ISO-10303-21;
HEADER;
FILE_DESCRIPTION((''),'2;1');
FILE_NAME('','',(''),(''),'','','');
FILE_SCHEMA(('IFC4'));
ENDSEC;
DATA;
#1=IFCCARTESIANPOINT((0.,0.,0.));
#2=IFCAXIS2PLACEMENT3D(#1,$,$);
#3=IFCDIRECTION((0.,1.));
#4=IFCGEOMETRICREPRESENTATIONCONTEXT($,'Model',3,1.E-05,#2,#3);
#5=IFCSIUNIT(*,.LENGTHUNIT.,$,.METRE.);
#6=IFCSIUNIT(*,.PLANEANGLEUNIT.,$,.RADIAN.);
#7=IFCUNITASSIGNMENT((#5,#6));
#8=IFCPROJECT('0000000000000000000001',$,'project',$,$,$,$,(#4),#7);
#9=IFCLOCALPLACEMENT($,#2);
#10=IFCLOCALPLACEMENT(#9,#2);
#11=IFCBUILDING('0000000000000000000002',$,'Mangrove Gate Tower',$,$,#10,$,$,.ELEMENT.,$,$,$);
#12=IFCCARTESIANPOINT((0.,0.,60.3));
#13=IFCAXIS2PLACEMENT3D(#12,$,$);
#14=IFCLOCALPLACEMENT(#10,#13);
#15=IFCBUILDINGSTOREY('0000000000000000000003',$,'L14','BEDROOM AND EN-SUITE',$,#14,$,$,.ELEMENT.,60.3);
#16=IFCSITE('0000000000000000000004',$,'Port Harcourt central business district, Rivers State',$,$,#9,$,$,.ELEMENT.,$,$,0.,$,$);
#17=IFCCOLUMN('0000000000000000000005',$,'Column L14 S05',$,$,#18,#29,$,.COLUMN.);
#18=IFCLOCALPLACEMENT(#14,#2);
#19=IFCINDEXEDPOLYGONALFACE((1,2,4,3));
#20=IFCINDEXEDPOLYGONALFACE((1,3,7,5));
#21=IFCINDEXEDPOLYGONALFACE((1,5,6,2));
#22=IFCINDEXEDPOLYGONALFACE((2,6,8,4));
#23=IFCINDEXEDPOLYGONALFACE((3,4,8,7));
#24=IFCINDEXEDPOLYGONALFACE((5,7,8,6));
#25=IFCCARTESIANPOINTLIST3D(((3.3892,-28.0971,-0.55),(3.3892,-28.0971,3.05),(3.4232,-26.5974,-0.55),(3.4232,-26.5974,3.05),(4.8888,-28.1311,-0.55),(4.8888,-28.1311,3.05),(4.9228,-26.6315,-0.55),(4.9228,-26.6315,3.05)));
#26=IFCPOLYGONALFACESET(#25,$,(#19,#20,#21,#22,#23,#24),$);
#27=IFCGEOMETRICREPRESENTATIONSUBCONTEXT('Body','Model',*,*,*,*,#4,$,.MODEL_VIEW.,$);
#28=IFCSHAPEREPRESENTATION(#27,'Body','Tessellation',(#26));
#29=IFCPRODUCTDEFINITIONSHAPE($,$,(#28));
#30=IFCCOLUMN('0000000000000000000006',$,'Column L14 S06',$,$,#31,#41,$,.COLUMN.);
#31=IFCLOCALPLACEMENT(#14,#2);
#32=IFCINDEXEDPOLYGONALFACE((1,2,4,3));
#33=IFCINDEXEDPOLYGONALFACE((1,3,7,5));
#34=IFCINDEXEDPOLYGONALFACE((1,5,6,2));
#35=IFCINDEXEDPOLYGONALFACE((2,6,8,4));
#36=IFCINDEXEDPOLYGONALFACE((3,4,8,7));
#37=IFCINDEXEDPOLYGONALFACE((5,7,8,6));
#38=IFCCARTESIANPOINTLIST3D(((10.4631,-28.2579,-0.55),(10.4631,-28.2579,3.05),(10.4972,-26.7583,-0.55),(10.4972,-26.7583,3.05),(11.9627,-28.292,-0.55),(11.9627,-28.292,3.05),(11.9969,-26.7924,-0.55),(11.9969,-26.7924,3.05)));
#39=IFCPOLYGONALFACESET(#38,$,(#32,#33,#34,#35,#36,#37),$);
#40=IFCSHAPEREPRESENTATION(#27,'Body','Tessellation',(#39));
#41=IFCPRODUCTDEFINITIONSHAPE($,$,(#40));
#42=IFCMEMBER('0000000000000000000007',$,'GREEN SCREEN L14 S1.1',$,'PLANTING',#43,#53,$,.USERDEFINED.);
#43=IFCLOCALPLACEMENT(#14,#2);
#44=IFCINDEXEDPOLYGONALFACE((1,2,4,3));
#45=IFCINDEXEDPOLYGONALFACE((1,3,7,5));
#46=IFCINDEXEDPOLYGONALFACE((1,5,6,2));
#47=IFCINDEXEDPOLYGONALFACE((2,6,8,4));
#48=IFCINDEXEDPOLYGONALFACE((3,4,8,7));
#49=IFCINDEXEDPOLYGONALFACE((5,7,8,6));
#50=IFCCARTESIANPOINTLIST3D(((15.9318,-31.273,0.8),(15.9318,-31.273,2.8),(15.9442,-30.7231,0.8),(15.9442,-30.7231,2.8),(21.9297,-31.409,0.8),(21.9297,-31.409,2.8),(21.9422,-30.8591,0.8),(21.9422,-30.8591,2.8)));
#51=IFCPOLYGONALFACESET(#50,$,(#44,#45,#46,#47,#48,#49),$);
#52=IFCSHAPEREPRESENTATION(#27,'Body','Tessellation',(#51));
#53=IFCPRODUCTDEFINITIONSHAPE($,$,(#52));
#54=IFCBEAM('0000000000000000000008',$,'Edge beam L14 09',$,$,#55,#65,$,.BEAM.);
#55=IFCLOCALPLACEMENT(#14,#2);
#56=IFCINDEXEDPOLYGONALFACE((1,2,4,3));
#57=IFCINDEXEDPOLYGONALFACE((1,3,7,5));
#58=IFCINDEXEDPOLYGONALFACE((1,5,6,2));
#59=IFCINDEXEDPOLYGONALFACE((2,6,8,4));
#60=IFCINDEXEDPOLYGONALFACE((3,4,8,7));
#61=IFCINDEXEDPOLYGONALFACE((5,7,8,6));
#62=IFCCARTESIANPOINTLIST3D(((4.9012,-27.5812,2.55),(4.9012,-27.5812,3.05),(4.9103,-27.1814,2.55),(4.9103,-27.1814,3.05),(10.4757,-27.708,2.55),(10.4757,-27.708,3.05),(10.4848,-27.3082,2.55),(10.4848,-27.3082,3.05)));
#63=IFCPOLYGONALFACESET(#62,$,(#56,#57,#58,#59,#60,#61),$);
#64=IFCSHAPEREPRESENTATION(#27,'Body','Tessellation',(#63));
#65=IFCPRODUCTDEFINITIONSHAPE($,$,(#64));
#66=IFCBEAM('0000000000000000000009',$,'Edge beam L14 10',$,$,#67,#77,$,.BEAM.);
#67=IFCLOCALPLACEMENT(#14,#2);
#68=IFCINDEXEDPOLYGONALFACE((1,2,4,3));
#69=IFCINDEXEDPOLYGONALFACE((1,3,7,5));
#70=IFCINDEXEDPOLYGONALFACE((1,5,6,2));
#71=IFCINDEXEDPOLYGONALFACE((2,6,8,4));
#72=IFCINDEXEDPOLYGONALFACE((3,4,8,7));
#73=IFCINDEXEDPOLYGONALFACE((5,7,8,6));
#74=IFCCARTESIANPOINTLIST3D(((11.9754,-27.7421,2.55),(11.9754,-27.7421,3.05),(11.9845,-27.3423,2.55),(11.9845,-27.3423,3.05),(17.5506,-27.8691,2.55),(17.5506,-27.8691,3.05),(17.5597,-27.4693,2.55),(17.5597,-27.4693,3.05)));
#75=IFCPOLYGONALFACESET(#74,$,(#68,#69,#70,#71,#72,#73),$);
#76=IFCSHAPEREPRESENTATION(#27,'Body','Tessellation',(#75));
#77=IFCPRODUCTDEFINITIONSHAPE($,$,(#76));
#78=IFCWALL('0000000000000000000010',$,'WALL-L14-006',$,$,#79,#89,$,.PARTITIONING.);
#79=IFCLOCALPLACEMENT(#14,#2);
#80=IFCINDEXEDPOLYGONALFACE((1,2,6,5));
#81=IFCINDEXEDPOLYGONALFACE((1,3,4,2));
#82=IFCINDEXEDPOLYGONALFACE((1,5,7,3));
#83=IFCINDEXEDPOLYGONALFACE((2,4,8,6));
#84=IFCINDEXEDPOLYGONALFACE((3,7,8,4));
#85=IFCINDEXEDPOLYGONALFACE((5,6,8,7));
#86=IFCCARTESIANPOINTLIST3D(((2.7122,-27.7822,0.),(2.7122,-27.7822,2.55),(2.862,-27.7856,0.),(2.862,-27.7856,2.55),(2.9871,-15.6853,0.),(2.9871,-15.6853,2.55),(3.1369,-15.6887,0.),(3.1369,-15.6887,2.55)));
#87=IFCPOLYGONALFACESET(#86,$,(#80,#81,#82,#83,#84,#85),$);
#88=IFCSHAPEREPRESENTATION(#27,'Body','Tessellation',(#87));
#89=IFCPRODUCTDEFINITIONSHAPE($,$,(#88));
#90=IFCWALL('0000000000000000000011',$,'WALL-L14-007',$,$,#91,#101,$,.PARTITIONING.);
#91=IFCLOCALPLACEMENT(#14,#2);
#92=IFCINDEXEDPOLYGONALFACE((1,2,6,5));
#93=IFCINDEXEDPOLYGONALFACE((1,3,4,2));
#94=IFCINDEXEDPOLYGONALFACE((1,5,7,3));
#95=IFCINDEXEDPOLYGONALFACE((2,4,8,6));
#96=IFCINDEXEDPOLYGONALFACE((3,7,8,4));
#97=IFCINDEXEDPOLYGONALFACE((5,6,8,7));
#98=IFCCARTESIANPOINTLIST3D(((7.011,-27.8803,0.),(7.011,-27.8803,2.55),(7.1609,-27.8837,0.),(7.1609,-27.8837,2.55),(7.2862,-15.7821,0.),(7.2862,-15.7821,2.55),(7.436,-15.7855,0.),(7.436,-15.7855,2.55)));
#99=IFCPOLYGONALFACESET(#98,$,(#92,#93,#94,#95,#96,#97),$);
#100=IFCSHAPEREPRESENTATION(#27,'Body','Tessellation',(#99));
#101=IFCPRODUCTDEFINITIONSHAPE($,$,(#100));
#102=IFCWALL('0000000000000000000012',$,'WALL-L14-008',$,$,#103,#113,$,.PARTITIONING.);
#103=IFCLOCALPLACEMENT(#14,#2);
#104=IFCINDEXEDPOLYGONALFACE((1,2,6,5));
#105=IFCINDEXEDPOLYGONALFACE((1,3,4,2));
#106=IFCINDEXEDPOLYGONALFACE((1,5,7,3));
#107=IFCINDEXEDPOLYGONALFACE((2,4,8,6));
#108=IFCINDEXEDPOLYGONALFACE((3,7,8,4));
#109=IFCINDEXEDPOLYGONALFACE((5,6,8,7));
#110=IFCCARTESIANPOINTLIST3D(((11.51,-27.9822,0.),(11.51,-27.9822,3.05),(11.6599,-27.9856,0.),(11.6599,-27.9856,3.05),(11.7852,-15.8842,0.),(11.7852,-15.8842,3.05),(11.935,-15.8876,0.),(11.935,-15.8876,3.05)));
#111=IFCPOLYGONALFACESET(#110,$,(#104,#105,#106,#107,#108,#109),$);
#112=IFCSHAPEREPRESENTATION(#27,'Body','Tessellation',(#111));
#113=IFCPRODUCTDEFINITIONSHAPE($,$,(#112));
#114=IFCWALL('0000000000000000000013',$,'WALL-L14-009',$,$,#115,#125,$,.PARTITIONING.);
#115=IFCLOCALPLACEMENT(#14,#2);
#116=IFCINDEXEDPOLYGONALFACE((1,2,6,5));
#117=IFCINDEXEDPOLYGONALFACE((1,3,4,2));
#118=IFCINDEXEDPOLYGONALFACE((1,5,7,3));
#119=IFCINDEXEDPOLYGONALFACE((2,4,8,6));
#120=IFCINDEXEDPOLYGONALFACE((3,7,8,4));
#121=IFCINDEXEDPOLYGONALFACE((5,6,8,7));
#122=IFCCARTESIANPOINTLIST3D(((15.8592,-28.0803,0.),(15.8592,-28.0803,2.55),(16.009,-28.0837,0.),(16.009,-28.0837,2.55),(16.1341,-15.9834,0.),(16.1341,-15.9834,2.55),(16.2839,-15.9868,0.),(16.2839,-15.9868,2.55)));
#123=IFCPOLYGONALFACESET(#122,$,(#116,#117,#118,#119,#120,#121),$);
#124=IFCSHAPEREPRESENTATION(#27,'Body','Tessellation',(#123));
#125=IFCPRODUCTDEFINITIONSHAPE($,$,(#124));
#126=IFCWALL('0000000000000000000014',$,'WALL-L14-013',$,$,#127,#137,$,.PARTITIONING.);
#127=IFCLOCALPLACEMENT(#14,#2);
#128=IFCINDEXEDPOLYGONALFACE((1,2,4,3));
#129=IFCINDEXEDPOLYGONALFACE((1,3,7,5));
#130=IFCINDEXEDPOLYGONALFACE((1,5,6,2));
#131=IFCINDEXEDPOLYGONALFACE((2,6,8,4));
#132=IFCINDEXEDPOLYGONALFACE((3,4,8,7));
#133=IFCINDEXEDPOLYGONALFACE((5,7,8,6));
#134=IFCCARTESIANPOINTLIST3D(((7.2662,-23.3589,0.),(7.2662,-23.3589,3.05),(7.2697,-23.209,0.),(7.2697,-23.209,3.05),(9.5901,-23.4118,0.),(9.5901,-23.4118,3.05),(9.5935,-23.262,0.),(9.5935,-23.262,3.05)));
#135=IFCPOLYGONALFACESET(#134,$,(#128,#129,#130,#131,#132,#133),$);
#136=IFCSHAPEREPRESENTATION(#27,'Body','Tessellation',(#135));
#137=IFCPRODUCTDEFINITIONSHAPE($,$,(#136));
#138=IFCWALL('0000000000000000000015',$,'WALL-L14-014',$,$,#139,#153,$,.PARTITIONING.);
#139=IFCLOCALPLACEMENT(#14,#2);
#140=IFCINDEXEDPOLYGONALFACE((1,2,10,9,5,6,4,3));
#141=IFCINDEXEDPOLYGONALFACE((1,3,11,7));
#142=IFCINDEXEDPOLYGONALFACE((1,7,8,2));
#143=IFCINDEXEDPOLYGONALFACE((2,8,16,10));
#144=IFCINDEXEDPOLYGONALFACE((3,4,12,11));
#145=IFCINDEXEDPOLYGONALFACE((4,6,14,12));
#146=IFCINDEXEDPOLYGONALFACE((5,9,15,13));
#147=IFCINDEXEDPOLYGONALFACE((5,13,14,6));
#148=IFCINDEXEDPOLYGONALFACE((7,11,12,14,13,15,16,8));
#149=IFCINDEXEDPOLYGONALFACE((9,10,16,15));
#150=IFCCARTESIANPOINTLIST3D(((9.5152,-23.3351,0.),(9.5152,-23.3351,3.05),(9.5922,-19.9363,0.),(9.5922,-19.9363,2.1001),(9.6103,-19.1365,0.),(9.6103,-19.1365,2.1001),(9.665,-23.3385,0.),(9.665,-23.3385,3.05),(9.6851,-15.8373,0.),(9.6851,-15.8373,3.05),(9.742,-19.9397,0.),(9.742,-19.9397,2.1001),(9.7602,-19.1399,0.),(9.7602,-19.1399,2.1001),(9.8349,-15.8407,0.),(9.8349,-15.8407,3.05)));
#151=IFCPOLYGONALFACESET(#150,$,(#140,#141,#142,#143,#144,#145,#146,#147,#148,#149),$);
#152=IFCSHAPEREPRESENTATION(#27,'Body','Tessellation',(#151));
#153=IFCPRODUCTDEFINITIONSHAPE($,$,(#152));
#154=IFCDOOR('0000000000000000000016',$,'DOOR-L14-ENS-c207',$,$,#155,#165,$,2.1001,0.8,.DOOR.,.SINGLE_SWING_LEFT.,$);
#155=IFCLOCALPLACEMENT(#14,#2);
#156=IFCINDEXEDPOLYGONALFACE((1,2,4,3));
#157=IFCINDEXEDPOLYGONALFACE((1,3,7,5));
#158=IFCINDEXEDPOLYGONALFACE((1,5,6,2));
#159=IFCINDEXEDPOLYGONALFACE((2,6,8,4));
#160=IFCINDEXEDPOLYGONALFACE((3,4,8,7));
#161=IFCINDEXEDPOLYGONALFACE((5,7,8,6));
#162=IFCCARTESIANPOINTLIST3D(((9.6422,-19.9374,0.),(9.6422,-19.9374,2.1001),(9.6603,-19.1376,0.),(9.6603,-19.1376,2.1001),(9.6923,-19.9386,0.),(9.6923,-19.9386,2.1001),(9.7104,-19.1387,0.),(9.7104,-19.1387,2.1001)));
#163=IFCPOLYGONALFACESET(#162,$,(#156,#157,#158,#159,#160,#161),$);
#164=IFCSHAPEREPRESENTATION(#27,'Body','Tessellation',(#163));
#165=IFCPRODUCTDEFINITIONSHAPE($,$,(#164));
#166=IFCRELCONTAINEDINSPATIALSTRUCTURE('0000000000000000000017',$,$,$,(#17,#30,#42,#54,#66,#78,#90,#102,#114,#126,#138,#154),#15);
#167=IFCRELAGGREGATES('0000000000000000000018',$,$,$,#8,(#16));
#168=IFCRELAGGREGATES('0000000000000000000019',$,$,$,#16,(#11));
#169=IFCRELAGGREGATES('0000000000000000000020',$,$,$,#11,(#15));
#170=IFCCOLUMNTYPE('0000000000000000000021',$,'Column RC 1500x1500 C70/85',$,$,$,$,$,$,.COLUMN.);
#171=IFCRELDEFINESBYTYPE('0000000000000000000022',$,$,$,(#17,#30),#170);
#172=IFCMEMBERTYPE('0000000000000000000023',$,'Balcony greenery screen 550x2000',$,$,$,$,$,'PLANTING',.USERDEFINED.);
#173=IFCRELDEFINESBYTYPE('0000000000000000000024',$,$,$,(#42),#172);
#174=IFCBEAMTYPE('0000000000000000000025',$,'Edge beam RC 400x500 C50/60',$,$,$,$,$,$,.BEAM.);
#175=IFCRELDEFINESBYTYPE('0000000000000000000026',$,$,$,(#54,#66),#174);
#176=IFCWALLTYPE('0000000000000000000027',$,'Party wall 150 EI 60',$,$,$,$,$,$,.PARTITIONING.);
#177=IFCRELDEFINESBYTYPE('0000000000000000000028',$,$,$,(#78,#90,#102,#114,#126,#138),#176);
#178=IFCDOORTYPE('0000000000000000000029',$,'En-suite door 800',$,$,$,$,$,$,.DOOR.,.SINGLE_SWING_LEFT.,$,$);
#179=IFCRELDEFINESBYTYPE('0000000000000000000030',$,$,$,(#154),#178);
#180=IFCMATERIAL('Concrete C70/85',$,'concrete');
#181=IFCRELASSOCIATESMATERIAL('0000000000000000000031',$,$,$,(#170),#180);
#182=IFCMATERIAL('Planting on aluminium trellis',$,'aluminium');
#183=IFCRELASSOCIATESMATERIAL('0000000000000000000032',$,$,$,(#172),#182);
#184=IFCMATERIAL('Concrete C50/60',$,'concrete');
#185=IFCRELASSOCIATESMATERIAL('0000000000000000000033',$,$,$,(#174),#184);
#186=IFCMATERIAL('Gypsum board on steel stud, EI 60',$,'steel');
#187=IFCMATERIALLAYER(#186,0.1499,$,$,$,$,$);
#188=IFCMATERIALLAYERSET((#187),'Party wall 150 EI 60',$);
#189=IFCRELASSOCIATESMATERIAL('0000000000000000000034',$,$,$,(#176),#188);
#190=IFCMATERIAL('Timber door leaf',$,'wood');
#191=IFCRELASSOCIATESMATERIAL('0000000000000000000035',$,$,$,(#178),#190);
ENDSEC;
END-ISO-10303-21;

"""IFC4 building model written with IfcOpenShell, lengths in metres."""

from ifc_helpers import new_model, si_unit, direction, frame, frame_2d, origin, origin_2d, place, context, subcontext, project, spatial, rectangle, extrude, material, layer, layer_set, material_profile, profile_set, type_object, element, fill, save


model = new_model("IFC4")

# Units and contexts
model_context = context("Model", 3, precision=1e-05, world=origin(), true_north=direction((0.0, 1.0)))
body_context = subcontext(model_context, "Body", "Model", "MODEL_VIEW")
ifc_project = project(units=[si_unit("LENGTHUNIT", "METRE"), si_unit("PLANEANGLEUNIT", "RADIAN")], contexts=[model_context])

# Site, building, storey
site_placement = place(None, origin())
site = spatial("IfcSite", under=ifc_project, at=site_placement, Name="Port Harcourt central business district, Rivers State", CompositionType="ELEMENT", RefElevation=0.0)
building_placement = place(site_placement, origin())
building = spatial("IfcBuilding", under=site, at=building_placement, Name="Mangrove Gate Tower", CompositionType="ELEMENT")
storey_placement = place(building_placement, frame((0.0, 0.0, 60.3)))
storey = spatial("IfcBuildingStorey", under=building, at=storey_placement, Name="L14", Description="BEDROOM AND EN-SUITE", CompositionType="ELEMENT", Elevation=60.3)

# Columns
ifc_material_1 = material(Name="Concrete C70/85", Category="concrete")
ifc_material_profile_1 = material_profile(ifc_material_1, rectangle(XDim=1.5, YDim=1.5, at=origin_2d()))
ifc_profile_set_1 = profile_set([ifc_material_profile_1], Name="Concrete C70/85")
column_type = type_object("IfcColumnType", Name="Column RC 1500x1500 C70/85", PredefinedType="COLUMN", material=ifc_profile_set_1)
for number, where, z_axis, x_axis, name in (
    (1, (4.156, -27.3643, -0.55), (0.0, 0.0, 1.0), (0.999743, -0.022681, 0.0), "Column L14 S05"),
    (2, (11.23, -27.5251, -0.55), (0.0, 0.0, 1.0), (0.999741, -0.022752, 0.0), "Column L14 S06"),
):
    element("IfcColumn", number, at=place(storey_placement, frame(where, z_axis=z_axis, x_axis=x_axis)), inside=storey, type_object=column_type, Name=name, PredefinedType="COLUMN", context=body_context, shape_type="SweptSolid", body=[
        extrude(rectangle(XDim=1.5, YDim=1.5, at=origin_2d()), origin(), (0.0, 0.0, 1.0), 3.6001),
    ])

# Member
ifc_material_2 = material(Name="Planting on aluminium trellis", Category="aluminium")
ifc_material_profile_2 = material_profile(ifc_material_2, rectangle(XDim=0.55, YDim=2.0, at=origin_2d()))
ifc_profile_set_2 = profile_set([ifc_material_profile_2], Name="Planting on aluminium trellis")
member_type = type_object("IfcMemberType", Name="Balcony greenery screen 550x2000", ElementType="PLANTING", PredefinedType="USERDEFINED", material=ifc_profile_set_2)
member_placement = place(storey_placement, frame((15.938, -30.998, 1.8), z_axis=(0.999743, -0.022666, 0.0), x_axis=(0.022666, 0.999743, 0.0)))
element("IfcMember", 3, at=member_placement, inside=storey, type_object=member_type, Name="GREEN SCREEN L14 S1.1", ObjectType="PLANTING", PredefinedType="USERDEFINED", context=body_context, shape_type="SweptSolid", body=[
    extrude(rectangle(XDim=0.55, YDim=2.0, at=origin_2d()), origin(), (0.0, 0.0, 1.0), 5.9995),
])

# Beams
ifc_material_3 = material(Name="Concrete C50/60", Category="concrete")
ifc_material_profile_3 = material_profile(ifc_material_3, rectangle(XDim=0.3999, YDim=0.5, at=origin_2d()))
ifc_profile_set_3 = profile_set([ifc_material_profile_3], Name="Concrete C50/60")
beam_type = type_object("IfcBeamType", Name="Edge beam RC 400x500 C50/60", PredefinedType="BEAM", material=ifc_profile_set_3)
beam_1_placement = place(storey_placement, frame((4.9058, -27.3813, 2.8), z_axis=(0.999742, -0.022724, 0.0), x_axis=(0.022724, 0.999742, 0.0)))
element("IfcBeam", 4, at=beam_1_placement, inside=storey, type_object=beam_type, Name="Edge beam L14 09", PredefinedType="BEAM", context=body_context, shape_type="SweptSolid", body=[
    extrude(rectangle(XDim=0.3999, YDim=0.5, at=origin_2d()), origin(), (0.0, 0.0, 1.0), 5.5759),
])
beam_2_placement = place(storey_placement, frame((11.98, -27.5422, 2.8), z_axis=(0.999741, -0.022765, 0.0), x_axis=(0.022765, 0.999741, 0.0)))
element("IfcBeam", 5, at=beam_2_placement, inside=storey, type_object=beam_type, Name="Edge beam L14 10", PredefinedType="BEAM", context=body_context, shape_type="SweptSolid", body=[
    extrude(rectangle(XDim=0.3999, YDim=0.5, at=origin_2d()), origin(), (0.0, 0.0, 1.0), 5.5767),
])

# Walls
ifc_material_4 = material(Name="Gypsum board on steel stud, EI 60", Category="steel")
ifc_layer_1 = layer(ifc_material_4, 0.1499)
ifc_layer_set_1 = layer_set([ifc_layer_1], Name="Party wall 150 EI 60")
wall_type_1 = type_object("IfcWallType", Name="Party wall 150 EI 60", PredefinedType="PARTITIONING", material=ifc_layer_set_1)
wall_1_placement = place(storey_placement, frame((2.7871, -27.7839, 0.0), z_axis=(0.0, 0.0, 1.0), x_axis=(0.022719, 0.999742, 0.0)))
element("IfcWall", 6, at=wall_1_placement, inside=storey, type_object=wall_type_1, Name="WALL-L14-006", PredefinedType="PARTITIONING", context=body_context, shape_type="SweptSolid", body=[
    extrude(rectangle(XDim=12.1001, YDim=0.1499, at=frame_2d((6.05, 0.0))), origin(), (0.0, 0.0, 1.0), 2.55),
])
wall_2_placement = place(storey_placement, frame((7.0859, -27.8821, 0.0), z_axis=(0.0, 0.0, 1.0), x_axis=(0.022737, 0.999741, 0.0)))
element("IfcWall", 7, at=wall_2_placement, inside=storey, type_object=wall_type_1, Name="WALL-L14-007", PredefinedType="PARTITIONING", context=body_context, shape_type="SweptSolid", body=[
    extrude(rectangle(XDim=12.1013, YDim=0.1499, at=frame_2d((6.0508, 0.0))), origin(), (0.0, 0.0, 1.0), 2.55),
])
wall_3_placement = place(storey_placement, frame((11.585, -27.9839, 0.0), z_axis=(0.0, 0.0, 1.0), x_axis=(0.022737, 0.999741, 0.0)))
element("IfcWall", 8, at=wall_3_placement, inside=storey, type_object=wall_type_1, Name="WALL-L14-008", PredefinedType="PARTITIONING", context=body_context, shape_type="SweptSolid", body=[
    extrude(rectangle(XDim=12.1011, YDim=0.1499, at=frame_2d((6.0505, 0.0))), origin(), (0.0, 0.0, 1.0), 3.05),
])
wall_4_placement = place(storey_placement, frame((15.9341, -28.082, 0.0), z_axis=(0.0, 0.0, 1.0), x_axis=(0.022719, 0.999742, 0.0)))
element("IfcWall", 9, at=wall_4_placement, inside=storey, type_object=wall_type_1, Name="WALL-L14-009", PredefinedType="PARTITIONING", context=body_context, shape_type="SweptSolid", body=[
    extrude(rectangle(XDim=12.1001, YDim=0.1499, at=frame_2d((6.05, 0.0))), origin(), (0.0, 0.0, 1.0), 2.55),
])
wall_5_placement = place(storey_placement, frame((7.2681, -23.2839, 0.0), z_axis=(0.0, 0.0, 1.0), x_axis=(0.99974, -0.022791, 0.0)))
element("IfcWall", 10, at=wall_5_placement, inside=storey, type_object=wall_type_1, Name="WALL-L14-013", PredefinedType="PARTITIONING", context=body_context, shape_type="SweptSolid", body=[
    extrude(rectangle(XDim=2.3245, YDim=0.1499, at=frame_2d((1.1621, 0.0))), origin(), (0.0, 0.0, 1.0), 3.05),
])

# Wall, opening, door
wall_6_placement = place(storey_placement, frame((9.5901, -23.3369, 0.0), z_axis=(0.0, 0.0, 1.0), x_axis=(0.022657, 0.999743, 0.0)))
wall_6 = element("IfcWall", 11, at=wall_6_placement, inside=storey, type_object=wall_type_1, Name="WALL-L14-014", PredefinedType="PARTITIONING", context=body_context, shape_type="SweptSolid", body=[
    extrude(rectangle(XDim=7.4998, YDim=0.1499, at=frame_2d((3.75, 0.0))), origin(), (0.0, 0.0, 1.0), 3.05),
])
opening_1_placement = place(wall_6_placement, frame((3.3999, 0.0, 0.0)))
opening_1 = element("IfcOpeningElement", 12, at=opening_1_placement, cuts=wall_6, PredefinedType="OPENING", context=body_context, shape_type="SweptSolid", body=[
    extrude(rectangle(XDim=0.8, YDim=2.1001, at=frame_2d((0.3999, 1.05))), frame((0.0, 0.085, 0.0), z_axis=(0.0, -1.0, 0.0), x_axis=(1.0, 0.0, 0.0)), (0.0, 0.0, 1.0), 0.1699),
])
ifc_material_5 = material(Name="Timber door leaf", Category="wood")
door_type = type_object("IfcDoorType", Name="En-suite door 800", OperationType="SINGLE_SWING_LEFT", PredefinedType="DOOR", material=ifc_material_5)
door_1_placement = place(opening_1_placement, origin())
door_1 = element("IfcDoor", 13, at=door_1_placement, inside=storey, type_object=door_type, Name="DOOR-L14-ENS-c207", OperationType="SINGLE_SWING_LEFT", OverallHeight=2.1001, OverallWidth=0.8, PredefinedType="DOOR", context=body_context, shape_type="SweptSolid", body=[
    extrude(rectangle(XDim=0.8, YDim=2.1001, at=frame_2d((0.3999, 1.05))), frame((0.0, 0.0249, 0.0), z_axis=(0.0, -1.0, 0.0), x_axis=(1.0, 0.0, 0.0)), (0.0, 0.0, 1.0), 0.05),
])
fill(opening_1, door_1)

save(model, "model.ifc")
